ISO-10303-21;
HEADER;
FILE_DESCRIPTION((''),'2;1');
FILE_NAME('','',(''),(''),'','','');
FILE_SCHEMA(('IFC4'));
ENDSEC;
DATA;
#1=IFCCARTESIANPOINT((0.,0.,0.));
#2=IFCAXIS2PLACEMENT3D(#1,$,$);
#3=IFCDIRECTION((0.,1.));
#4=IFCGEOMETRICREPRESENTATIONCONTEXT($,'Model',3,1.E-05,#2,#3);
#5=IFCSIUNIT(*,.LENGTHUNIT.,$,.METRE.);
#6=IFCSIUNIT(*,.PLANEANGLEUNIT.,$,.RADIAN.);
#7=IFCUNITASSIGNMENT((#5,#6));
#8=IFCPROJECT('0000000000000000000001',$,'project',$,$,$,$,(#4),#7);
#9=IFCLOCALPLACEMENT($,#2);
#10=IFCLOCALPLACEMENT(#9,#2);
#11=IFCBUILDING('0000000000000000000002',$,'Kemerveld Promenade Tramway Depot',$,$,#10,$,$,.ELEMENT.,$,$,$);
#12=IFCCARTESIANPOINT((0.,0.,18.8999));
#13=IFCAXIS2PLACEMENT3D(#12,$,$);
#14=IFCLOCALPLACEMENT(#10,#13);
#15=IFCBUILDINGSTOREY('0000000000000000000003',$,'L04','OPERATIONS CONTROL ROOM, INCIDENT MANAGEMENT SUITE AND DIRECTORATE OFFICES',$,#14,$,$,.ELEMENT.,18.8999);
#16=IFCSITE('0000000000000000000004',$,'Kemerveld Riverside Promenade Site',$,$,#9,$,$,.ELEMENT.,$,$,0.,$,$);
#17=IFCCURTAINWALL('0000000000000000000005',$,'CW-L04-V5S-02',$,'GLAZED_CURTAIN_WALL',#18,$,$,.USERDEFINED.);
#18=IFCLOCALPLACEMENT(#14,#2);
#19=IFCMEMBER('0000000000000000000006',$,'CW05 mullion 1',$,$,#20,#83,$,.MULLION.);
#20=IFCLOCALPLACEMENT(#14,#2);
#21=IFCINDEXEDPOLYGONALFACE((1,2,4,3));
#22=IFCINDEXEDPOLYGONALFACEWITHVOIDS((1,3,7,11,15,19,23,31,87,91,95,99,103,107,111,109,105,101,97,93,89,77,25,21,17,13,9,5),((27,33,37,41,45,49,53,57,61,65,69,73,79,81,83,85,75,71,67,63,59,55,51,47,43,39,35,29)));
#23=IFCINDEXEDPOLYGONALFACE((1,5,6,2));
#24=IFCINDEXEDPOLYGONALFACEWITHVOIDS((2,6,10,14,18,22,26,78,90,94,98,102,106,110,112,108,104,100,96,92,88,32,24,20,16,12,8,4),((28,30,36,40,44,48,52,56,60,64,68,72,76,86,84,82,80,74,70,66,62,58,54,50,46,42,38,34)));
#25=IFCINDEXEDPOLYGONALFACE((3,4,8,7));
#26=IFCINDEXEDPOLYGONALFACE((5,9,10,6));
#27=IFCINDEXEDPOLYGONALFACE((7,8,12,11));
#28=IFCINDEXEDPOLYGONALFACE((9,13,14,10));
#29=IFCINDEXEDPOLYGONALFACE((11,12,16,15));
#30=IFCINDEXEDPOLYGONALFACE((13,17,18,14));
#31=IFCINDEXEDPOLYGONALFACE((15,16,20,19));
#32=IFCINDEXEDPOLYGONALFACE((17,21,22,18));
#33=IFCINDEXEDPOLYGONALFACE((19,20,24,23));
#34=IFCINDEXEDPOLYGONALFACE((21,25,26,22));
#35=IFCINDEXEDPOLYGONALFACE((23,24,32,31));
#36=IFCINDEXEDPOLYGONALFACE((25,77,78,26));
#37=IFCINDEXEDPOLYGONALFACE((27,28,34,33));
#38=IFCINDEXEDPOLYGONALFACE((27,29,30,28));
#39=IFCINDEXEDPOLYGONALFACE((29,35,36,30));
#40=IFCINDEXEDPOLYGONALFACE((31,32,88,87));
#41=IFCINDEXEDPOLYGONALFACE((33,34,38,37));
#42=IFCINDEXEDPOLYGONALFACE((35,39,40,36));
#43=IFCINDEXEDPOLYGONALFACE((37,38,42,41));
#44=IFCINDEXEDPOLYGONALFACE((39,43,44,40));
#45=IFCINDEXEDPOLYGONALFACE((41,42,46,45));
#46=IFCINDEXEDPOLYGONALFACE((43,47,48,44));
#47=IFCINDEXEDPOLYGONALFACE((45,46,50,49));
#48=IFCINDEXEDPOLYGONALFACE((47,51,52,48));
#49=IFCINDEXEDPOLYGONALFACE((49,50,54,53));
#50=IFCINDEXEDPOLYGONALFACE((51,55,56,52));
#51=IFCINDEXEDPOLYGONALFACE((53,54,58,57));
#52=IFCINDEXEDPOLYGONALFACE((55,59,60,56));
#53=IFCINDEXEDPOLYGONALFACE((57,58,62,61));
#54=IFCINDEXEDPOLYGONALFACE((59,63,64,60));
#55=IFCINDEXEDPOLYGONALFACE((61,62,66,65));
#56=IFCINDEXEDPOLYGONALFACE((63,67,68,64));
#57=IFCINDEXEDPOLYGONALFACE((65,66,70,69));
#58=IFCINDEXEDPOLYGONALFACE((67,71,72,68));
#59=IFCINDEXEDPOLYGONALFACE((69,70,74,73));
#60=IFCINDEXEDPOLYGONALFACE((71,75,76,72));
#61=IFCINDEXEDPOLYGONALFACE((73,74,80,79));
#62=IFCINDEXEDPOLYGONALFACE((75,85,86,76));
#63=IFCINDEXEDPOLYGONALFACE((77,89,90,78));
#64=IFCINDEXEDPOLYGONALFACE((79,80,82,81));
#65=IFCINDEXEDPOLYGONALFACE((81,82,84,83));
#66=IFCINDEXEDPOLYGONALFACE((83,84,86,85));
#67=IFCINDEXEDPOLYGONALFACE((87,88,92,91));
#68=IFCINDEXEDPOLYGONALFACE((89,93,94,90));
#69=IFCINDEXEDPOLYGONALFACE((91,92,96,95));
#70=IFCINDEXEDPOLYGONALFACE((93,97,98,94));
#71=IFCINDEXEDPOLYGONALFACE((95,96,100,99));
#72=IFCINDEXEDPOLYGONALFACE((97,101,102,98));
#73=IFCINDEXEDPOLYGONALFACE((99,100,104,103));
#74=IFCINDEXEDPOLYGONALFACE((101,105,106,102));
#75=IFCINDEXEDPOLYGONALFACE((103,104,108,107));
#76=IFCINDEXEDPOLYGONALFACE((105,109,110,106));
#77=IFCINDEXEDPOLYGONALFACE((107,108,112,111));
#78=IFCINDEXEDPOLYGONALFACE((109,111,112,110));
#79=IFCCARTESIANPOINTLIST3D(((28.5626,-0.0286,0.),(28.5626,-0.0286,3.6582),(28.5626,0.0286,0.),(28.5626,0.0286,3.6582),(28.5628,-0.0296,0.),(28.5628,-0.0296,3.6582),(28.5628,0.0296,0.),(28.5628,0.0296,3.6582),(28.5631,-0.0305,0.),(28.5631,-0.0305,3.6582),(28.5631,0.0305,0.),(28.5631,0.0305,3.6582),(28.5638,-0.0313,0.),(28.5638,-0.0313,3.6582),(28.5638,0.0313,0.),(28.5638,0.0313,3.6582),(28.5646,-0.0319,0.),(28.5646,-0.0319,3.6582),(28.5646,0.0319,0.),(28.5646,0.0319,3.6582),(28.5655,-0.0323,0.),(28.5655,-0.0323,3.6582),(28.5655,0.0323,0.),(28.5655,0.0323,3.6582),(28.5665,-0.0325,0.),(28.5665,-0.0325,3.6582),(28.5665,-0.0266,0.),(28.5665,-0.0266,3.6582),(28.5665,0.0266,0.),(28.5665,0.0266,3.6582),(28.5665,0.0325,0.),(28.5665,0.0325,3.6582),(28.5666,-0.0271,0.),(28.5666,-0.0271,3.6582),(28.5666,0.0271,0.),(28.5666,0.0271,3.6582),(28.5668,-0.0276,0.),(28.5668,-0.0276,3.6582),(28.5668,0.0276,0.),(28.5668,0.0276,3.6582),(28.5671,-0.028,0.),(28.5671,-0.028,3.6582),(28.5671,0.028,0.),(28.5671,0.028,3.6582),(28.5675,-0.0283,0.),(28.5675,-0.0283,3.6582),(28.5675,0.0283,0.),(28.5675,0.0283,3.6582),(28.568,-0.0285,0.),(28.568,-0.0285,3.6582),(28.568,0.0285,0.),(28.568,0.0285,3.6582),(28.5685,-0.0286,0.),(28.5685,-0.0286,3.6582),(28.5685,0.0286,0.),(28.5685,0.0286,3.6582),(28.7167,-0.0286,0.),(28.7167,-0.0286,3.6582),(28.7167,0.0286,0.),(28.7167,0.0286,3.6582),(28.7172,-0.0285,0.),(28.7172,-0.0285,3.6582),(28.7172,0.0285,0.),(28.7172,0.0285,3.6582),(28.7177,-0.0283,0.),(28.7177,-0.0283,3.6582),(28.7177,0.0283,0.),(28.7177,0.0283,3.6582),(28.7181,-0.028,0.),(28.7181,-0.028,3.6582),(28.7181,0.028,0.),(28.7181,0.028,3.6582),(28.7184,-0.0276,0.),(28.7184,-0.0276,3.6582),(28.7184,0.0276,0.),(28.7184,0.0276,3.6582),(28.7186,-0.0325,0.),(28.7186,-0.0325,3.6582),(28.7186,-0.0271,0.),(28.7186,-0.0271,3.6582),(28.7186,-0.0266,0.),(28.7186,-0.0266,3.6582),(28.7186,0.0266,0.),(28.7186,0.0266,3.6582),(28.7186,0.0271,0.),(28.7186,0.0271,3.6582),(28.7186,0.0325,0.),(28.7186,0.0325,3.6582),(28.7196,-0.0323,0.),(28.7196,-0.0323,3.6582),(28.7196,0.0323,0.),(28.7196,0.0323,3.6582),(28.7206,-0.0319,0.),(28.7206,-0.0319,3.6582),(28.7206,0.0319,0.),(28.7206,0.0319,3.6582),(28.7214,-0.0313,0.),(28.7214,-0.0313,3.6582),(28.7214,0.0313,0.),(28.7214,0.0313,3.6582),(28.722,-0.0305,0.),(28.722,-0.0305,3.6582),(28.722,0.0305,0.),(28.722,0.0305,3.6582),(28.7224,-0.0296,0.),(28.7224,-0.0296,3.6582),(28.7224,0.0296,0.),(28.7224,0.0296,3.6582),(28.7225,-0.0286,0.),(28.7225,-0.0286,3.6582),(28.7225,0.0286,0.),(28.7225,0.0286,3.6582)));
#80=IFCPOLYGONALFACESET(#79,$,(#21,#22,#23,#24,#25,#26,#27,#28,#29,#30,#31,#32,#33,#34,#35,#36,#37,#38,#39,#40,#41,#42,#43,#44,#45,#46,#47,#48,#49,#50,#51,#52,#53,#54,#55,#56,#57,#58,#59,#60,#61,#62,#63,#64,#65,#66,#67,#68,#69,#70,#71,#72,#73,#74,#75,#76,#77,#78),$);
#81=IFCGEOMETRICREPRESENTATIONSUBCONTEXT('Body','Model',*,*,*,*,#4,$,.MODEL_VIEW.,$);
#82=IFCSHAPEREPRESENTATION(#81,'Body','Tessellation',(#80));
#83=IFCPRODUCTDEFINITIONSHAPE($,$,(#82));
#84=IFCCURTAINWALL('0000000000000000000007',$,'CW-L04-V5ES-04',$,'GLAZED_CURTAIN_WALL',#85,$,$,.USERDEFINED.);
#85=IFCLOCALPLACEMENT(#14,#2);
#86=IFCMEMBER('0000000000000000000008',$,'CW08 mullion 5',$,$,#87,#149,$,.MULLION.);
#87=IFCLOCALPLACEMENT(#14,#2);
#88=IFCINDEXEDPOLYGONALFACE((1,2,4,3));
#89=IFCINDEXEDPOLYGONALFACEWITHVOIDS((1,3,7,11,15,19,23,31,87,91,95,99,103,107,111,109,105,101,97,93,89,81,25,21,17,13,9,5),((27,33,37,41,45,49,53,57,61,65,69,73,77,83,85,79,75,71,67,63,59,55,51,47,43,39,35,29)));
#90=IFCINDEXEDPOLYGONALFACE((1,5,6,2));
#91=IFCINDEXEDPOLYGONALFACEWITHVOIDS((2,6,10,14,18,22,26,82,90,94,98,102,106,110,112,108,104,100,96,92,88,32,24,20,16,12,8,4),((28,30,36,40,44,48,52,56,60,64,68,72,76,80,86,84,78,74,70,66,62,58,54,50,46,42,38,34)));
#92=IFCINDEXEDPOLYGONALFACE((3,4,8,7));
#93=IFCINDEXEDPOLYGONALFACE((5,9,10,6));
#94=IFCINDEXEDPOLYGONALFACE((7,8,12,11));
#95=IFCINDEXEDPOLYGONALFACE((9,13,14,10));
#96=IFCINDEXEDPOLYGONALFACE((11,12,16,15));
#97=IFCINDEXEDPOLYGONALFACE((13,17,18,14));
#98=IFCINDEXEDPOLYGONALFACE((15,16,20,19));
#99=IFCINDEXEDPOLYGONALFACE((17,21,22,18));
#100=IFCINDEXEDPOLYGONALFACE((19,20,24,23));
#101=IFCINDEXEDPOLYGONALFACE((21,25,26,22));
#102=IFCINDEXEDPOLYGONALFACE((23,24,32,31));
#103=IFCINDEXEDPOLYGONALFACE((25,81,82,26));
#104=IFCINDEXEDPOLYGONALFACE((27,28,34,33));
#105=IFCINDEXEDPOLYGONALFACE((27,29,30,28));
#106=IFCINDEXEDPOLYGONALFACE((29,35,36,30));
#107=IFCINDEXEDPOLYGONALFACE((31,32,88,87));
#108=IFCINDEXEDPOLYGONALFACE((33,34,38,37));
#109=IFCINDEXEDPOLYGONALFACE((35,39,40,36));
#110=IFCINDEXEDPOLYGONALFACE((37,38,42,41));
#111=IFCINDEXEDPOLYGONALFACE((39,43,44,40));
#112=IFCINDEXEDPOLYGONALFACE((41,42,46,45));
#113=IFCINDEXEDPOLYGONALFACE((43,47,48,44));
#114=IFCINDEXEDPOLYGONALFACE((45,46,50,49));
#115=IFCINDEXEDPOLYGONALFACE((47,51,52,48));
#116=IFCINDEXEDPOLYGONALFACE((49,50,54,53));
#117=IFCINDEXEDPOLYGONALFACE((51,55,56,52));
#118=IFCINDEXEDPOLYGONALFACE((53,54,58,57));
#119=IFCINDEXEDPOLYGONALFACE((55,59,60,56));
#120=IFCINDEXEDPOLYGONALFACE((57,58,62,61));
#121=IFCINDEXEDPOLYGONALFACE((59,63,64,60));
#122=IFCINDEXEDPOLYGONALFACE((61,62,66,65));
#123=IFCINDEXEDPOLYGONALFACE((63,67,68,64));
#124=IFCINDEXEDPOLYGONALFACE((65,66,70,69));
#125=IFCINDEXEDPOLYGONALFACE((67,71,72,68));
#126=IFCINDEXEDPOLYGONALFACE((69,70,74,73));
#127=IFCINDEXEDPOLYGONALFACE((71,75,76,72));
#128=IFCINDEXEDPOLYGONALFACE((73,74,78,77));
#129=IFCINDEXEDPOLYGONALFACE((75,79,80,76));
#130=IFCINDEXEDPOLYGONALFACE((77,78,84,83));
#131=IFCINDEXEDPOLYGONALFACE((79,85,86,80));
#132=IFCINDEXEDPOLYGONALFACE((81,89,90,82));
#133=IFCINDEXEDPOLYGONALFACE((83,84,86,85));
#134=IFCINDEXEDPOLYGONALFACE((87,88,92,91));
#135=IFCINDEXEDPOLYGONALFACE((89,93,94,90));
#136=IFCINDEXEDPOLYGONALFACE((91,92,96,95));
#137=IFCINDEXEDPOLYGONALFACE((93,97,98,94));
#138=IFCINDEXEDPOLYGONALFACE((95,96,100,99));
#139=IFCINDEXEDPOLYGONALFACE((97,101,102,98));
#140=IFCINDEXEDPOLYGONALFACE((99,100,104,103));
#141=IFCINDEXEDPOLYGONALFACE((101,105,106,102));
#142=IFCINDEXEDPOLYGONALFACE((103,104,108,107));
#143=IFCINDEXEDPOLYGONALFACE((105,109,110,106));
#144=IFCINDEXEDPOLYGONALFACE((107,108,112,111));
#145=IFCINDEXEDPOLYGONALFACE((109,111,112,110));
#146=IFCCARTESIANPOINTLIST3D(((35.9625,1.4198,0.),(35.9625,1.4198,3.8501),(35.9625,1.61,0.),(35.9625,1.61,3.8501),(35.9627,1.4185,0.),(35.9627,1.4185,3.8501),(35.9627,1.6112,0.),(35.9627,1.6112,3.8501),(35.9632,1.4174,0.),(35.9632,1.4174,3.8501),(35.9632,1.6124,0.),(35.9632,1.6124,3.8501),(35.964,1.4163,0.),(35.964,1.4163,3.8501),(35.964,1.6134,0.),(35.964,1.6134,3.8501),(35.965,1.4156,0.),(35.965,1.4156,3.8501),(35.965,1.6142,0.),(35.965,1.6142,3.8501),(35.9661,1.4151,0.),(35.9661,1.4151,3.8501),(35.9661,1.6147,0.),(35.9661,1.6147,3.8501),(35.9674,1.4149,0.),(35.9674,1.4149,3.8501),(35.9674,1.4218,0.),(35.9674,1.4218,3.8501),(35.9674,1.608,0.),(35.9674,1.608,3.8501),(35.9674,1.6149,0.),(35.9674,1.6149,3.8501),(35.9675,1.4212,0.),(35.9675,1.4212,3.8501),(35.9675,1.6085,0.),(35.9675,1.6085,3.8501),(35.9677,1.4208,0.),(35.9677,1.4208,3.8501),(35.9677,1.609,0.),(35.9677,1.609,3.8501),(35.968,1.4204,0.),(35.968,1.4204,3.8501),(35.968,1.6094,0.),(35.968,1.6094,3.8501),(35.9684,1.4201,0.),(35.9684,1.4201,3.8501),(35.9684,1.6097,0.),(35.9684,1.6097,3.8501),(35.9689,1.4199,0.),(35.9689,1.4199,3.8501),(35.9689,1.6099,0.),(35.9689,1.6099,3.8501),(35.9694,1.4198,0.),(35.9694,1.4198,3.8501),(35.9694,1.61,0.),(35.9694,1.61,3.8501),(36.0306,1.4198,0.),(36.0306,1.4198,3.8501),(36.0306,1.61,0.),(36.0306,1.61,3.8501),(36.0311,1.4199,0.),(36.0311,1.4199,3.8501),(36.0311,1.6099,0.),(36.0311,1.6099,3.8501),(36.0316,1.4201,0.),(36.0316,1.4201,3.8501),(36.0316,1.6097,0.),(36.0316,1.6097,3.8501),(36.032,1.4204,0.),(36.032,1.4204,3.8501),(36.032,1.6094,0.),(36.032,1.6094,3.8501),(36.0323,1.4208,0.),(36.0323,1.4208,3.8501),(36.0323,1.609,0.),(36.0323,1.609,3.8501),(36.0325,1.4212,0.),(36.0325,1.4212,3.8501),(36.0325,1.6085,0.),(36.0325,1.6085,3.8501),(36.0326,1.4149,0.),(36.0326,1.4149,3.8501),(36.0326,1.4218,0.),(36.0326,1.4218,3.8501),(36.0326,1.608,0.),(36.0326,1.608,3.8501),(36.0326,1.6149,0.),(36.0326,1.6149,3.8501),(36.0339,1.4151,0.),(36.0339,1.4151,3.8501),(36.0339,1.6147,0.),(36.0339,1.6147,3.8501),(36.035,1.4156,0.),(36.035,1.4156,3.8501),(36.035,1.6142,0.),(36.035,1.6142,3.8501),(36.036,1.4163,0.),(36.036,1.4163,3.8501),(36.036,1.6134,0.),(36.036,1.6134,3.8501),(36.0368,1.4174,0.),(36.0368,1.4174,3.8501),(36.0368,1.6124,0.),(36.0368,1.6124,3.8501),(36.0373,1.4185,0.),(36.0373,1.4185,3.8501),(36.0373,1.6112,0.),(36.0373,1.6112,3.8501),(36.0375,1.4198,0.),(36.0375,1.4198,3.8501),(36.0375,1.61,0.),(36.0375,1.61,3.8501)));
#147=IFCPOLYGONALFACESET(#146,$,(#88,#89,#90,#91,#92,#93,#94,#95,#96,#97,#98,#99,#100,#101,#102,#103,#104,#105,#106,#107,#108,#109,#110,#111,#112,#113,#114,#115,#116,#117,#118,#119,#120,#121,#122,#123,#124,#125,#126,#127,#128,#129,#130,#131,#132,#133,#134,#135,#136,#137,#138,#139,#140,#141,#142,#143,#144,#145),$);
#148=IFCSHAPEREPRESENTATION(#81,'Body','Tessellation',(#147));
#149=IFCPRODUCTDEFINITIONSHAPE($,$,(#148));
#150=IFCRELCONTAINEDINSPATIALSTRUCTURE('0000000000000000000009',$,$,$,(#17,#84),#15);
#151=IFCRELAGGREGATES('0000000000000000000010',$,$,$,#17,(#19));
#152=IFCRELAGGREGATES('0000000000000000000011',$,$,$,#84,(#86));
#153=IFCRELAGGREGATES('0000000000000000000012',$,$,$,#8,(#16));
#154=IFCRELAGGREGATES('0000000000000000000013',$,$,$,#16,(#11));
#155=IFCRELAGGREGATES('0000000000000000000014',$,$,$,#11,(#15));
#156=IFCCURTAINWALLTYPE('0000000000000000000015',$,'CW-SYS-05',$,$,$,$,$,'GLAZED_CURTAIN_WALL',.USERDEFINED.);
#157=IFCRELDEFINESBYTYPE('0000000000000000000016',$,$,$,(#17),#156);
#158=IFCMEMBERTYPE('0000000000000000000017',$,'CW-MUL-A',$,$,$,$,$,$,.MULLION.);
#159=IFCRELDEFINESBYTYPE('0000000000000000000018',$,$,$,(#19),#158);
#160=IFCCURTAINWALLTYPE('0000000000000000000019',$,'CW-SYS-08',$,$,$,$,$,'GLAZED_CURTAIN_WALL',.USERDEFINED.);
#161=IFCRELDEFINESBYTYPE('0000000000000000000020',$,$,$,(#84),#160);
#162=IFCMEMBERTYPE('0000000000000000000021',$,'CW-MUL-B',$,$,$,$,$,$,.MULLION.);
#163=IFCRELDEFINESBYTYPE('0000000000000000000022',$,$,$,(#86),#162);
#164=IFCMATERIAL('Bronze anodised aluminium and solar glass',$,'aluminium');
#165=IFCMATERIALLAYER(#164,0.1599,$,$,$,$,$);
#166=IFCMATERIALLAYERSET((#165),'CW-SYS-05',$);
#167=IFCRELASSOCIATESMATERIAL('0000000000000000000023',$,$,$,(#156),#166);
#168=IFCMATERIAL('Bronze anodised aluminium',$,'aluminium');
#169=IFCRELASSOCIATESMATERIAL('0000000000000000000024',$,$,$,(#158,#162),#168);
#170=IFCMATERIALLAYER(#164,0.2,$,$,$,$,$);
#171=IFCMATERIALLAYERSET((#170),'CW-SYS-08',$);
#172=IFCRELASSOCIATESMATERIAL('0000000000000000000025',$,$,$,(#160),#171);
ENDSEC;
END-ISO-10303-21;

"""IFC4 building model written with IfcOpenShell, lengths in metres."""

from ifc_helpers import new_model, si_unit, direction, frame, origin, origin_2d, place, context, subcontext, project, spatial, hollow_rectangle, extrude, material, layer, layer_set, material_profile, profile_set, type_object, element, aggregate, save


model = new_model("IFC4")

# Units and contexts
model_context = context("Model", 3, precision=1e-05, world=origin(), true_north=direction((0.0, 1.0)))
body_context = subcontext(model_context, "Body", "Model", "MODEL_VIEW")
ifc_project = project(units=[si_unit("LENGTHUNIT", "METRE"), si_unit("PLANEANGLEUNIT", "RADIAN")], contexts=[model_context])

# Site, building, storey
site_placement = place(None, origin())
site = spatial("IfcSite", under=ifc_project, at=site_placement, Name="Kemerveld Riverside Promenade Site", CompositionType="ELEMENT", RefElevation=0.0)
building_placement = place(site_placement, origin())
building = spatial("IfcBuilding", under=site, at=building_placement, Name="Kemerveld Promenade Tramway Depot", CompositionType="ELEMENT")
storey_placement = place(building_placement, frame((0.0, 0.0, 18.8999)))
storey = spatial("IfcBuildingStorey", under=building, at=storey_placement, Name="L04", Description="OPERATIONS CONTROL ROOM, INCIDENT MANAGEMENT SUITE AND DIRECTORATE OFFICES", CompositionType="ELEMENT", Elevation=18.8999)

# Curtain wall, member
ifc_material_1 = material(Name="Bronze anodised aluminium and solar glass", Category="aluminium")
ifc_layer_1 = layer(ifc_material_1, 0.1599)
ifc_layer_set_1 = layer_set([ifc_layer_1], Name="CW-SYS-05")
curtain_wall_type_1 = type_object("IfcCurtainWallType", Name="CW-SYS-05", ElementType="GLAZED_CURTAIN_WALL", PredefinedType="USERDEFINED", material=ifc_layer_set_1)
curtain_wall_1_placement = place(storey_placement, origin())
curtain_wall_1 = element("IfcCurtainWall", 1, at=curtain_wall_1_placement, inside=storey, type_object=curtain_wall_type_1, Name="CW-L04-V5S-02", ObjectType="GLAZED_CURTAIN_WALL", PredefinedType="USERDEFINED")
ifc_material_2 = material(Name="Bronze anodised aluminium", Category="aluminium")
ifc_material_profile_1 = material_profile(ifc_material_2, hollow_rectangle(XDim=0.0649, YDim=0.1599, WallThickness=0.0039, InnerFilletRadius=0.002, OuterFilletRadius=0.0039, at=origin_2d()), Name="CW-MUL-160x65")
ifc_profile_set_1 = profile_set([ifc_material_profile_1], Name="Bronze anodised aluminium")
member_type_1 = type_object("IfcMemberType", Name="CW-MUL-A", PredefinedType="MULLION", material=ifc_profile_set_1)
member_1_placement = place(storey_placement, frame((28.6426, 0.0, 0.0), z_axis=(0.0, 0.0, 1.0), x_axis=(0.0, -1.0, 0.0)))
member_1 = element("IfcMember", 2, at=member_1_placement, type_object=member_type_1, Name="CW05 mullion 1", PredefinedType="MULLION", context=body_context, shape_type="SweptSolid", body=[
    extrude(hollow_rectangle(XDim=0.0649, YDim=0.1599, WallThickness=0.0039, InnerFilletRadius=0.002, OuterFilletRadius=0.0039, at=origin_2d()), origin(), (0.0, 0.0, 1.0), 3.6582),
])

# Curtain wall, member
ifc_layer_2 = layer(ifc_material_1, 0.2)
ifc_layer_set_2 = layer_set([ifc_layer_2], Name="CW-SYS-08")
curtain_wall_type_2 = type_object("IfcCurtainWallType", Name="CW-SYS-08", ElementType="GLAZED_CURTAIN_WALL", PredefinedType="USERDEFINED", material=ifc_layer_set_2)
curtain_wall_2_placement = place(storey_placement, origin())
curtain_wall_2 = element("IfcCurtainWall", 3, at=curtain_wall_2_placement, inside=storey, type_object=curtain_wall_type_2, Name="CW-L04-V5ES-04", ObjectType="GLAZED_CURTAIN_WALL", PredefinedType="USERDEFINED")
ifc_material_profile_2 = material_profile(ifc_material_2, hollow_rectangle(XDim=0.075, YDim=0.2, WallThickness=0.0049, InnerFilletRadius=0.002, OuterFilletRadius=0.0049, at=origin_2d()), Name="CW-MUL-200x75")
ifc_profile_set_2 = profile_set([ifc_material_profile_2], Name="Bronze anodised aluminium")
member_type_2 = type_object("IfcMemberType", Name="CW-MUL-B", PredefinedType="MULLION", material=ifc_profile_set_2)
member_2_placement = place(storey_placement, frame((36.0, 1.5149, 0.0), z_axis=(0.0, 0.0, 1.0), x_axis=(1.0, 0.0, 0.0)))
member_2 = element("IfcMember", 4, at=member_2_placement, type_object=member_type_2, Name="CW08 mullion 5", PredefinedType="MULLION", context=body_context, shape_type="SweptSolid", body=[
    extrude(hollow_rectangle(XDim=0.075, YDim=0.2, WallThickness=0.0049, InnerFilletRadius=0.002, OuterFilletRadius=0.0049, at=origin_2d()), origin(), (0.0, 0.0, 1.0), 3.8501),
])

aggregate(curtain_wall_1, [member_1])

aggregate(curtain_wall_2, [member_2])

save(model, "model.ifc")
